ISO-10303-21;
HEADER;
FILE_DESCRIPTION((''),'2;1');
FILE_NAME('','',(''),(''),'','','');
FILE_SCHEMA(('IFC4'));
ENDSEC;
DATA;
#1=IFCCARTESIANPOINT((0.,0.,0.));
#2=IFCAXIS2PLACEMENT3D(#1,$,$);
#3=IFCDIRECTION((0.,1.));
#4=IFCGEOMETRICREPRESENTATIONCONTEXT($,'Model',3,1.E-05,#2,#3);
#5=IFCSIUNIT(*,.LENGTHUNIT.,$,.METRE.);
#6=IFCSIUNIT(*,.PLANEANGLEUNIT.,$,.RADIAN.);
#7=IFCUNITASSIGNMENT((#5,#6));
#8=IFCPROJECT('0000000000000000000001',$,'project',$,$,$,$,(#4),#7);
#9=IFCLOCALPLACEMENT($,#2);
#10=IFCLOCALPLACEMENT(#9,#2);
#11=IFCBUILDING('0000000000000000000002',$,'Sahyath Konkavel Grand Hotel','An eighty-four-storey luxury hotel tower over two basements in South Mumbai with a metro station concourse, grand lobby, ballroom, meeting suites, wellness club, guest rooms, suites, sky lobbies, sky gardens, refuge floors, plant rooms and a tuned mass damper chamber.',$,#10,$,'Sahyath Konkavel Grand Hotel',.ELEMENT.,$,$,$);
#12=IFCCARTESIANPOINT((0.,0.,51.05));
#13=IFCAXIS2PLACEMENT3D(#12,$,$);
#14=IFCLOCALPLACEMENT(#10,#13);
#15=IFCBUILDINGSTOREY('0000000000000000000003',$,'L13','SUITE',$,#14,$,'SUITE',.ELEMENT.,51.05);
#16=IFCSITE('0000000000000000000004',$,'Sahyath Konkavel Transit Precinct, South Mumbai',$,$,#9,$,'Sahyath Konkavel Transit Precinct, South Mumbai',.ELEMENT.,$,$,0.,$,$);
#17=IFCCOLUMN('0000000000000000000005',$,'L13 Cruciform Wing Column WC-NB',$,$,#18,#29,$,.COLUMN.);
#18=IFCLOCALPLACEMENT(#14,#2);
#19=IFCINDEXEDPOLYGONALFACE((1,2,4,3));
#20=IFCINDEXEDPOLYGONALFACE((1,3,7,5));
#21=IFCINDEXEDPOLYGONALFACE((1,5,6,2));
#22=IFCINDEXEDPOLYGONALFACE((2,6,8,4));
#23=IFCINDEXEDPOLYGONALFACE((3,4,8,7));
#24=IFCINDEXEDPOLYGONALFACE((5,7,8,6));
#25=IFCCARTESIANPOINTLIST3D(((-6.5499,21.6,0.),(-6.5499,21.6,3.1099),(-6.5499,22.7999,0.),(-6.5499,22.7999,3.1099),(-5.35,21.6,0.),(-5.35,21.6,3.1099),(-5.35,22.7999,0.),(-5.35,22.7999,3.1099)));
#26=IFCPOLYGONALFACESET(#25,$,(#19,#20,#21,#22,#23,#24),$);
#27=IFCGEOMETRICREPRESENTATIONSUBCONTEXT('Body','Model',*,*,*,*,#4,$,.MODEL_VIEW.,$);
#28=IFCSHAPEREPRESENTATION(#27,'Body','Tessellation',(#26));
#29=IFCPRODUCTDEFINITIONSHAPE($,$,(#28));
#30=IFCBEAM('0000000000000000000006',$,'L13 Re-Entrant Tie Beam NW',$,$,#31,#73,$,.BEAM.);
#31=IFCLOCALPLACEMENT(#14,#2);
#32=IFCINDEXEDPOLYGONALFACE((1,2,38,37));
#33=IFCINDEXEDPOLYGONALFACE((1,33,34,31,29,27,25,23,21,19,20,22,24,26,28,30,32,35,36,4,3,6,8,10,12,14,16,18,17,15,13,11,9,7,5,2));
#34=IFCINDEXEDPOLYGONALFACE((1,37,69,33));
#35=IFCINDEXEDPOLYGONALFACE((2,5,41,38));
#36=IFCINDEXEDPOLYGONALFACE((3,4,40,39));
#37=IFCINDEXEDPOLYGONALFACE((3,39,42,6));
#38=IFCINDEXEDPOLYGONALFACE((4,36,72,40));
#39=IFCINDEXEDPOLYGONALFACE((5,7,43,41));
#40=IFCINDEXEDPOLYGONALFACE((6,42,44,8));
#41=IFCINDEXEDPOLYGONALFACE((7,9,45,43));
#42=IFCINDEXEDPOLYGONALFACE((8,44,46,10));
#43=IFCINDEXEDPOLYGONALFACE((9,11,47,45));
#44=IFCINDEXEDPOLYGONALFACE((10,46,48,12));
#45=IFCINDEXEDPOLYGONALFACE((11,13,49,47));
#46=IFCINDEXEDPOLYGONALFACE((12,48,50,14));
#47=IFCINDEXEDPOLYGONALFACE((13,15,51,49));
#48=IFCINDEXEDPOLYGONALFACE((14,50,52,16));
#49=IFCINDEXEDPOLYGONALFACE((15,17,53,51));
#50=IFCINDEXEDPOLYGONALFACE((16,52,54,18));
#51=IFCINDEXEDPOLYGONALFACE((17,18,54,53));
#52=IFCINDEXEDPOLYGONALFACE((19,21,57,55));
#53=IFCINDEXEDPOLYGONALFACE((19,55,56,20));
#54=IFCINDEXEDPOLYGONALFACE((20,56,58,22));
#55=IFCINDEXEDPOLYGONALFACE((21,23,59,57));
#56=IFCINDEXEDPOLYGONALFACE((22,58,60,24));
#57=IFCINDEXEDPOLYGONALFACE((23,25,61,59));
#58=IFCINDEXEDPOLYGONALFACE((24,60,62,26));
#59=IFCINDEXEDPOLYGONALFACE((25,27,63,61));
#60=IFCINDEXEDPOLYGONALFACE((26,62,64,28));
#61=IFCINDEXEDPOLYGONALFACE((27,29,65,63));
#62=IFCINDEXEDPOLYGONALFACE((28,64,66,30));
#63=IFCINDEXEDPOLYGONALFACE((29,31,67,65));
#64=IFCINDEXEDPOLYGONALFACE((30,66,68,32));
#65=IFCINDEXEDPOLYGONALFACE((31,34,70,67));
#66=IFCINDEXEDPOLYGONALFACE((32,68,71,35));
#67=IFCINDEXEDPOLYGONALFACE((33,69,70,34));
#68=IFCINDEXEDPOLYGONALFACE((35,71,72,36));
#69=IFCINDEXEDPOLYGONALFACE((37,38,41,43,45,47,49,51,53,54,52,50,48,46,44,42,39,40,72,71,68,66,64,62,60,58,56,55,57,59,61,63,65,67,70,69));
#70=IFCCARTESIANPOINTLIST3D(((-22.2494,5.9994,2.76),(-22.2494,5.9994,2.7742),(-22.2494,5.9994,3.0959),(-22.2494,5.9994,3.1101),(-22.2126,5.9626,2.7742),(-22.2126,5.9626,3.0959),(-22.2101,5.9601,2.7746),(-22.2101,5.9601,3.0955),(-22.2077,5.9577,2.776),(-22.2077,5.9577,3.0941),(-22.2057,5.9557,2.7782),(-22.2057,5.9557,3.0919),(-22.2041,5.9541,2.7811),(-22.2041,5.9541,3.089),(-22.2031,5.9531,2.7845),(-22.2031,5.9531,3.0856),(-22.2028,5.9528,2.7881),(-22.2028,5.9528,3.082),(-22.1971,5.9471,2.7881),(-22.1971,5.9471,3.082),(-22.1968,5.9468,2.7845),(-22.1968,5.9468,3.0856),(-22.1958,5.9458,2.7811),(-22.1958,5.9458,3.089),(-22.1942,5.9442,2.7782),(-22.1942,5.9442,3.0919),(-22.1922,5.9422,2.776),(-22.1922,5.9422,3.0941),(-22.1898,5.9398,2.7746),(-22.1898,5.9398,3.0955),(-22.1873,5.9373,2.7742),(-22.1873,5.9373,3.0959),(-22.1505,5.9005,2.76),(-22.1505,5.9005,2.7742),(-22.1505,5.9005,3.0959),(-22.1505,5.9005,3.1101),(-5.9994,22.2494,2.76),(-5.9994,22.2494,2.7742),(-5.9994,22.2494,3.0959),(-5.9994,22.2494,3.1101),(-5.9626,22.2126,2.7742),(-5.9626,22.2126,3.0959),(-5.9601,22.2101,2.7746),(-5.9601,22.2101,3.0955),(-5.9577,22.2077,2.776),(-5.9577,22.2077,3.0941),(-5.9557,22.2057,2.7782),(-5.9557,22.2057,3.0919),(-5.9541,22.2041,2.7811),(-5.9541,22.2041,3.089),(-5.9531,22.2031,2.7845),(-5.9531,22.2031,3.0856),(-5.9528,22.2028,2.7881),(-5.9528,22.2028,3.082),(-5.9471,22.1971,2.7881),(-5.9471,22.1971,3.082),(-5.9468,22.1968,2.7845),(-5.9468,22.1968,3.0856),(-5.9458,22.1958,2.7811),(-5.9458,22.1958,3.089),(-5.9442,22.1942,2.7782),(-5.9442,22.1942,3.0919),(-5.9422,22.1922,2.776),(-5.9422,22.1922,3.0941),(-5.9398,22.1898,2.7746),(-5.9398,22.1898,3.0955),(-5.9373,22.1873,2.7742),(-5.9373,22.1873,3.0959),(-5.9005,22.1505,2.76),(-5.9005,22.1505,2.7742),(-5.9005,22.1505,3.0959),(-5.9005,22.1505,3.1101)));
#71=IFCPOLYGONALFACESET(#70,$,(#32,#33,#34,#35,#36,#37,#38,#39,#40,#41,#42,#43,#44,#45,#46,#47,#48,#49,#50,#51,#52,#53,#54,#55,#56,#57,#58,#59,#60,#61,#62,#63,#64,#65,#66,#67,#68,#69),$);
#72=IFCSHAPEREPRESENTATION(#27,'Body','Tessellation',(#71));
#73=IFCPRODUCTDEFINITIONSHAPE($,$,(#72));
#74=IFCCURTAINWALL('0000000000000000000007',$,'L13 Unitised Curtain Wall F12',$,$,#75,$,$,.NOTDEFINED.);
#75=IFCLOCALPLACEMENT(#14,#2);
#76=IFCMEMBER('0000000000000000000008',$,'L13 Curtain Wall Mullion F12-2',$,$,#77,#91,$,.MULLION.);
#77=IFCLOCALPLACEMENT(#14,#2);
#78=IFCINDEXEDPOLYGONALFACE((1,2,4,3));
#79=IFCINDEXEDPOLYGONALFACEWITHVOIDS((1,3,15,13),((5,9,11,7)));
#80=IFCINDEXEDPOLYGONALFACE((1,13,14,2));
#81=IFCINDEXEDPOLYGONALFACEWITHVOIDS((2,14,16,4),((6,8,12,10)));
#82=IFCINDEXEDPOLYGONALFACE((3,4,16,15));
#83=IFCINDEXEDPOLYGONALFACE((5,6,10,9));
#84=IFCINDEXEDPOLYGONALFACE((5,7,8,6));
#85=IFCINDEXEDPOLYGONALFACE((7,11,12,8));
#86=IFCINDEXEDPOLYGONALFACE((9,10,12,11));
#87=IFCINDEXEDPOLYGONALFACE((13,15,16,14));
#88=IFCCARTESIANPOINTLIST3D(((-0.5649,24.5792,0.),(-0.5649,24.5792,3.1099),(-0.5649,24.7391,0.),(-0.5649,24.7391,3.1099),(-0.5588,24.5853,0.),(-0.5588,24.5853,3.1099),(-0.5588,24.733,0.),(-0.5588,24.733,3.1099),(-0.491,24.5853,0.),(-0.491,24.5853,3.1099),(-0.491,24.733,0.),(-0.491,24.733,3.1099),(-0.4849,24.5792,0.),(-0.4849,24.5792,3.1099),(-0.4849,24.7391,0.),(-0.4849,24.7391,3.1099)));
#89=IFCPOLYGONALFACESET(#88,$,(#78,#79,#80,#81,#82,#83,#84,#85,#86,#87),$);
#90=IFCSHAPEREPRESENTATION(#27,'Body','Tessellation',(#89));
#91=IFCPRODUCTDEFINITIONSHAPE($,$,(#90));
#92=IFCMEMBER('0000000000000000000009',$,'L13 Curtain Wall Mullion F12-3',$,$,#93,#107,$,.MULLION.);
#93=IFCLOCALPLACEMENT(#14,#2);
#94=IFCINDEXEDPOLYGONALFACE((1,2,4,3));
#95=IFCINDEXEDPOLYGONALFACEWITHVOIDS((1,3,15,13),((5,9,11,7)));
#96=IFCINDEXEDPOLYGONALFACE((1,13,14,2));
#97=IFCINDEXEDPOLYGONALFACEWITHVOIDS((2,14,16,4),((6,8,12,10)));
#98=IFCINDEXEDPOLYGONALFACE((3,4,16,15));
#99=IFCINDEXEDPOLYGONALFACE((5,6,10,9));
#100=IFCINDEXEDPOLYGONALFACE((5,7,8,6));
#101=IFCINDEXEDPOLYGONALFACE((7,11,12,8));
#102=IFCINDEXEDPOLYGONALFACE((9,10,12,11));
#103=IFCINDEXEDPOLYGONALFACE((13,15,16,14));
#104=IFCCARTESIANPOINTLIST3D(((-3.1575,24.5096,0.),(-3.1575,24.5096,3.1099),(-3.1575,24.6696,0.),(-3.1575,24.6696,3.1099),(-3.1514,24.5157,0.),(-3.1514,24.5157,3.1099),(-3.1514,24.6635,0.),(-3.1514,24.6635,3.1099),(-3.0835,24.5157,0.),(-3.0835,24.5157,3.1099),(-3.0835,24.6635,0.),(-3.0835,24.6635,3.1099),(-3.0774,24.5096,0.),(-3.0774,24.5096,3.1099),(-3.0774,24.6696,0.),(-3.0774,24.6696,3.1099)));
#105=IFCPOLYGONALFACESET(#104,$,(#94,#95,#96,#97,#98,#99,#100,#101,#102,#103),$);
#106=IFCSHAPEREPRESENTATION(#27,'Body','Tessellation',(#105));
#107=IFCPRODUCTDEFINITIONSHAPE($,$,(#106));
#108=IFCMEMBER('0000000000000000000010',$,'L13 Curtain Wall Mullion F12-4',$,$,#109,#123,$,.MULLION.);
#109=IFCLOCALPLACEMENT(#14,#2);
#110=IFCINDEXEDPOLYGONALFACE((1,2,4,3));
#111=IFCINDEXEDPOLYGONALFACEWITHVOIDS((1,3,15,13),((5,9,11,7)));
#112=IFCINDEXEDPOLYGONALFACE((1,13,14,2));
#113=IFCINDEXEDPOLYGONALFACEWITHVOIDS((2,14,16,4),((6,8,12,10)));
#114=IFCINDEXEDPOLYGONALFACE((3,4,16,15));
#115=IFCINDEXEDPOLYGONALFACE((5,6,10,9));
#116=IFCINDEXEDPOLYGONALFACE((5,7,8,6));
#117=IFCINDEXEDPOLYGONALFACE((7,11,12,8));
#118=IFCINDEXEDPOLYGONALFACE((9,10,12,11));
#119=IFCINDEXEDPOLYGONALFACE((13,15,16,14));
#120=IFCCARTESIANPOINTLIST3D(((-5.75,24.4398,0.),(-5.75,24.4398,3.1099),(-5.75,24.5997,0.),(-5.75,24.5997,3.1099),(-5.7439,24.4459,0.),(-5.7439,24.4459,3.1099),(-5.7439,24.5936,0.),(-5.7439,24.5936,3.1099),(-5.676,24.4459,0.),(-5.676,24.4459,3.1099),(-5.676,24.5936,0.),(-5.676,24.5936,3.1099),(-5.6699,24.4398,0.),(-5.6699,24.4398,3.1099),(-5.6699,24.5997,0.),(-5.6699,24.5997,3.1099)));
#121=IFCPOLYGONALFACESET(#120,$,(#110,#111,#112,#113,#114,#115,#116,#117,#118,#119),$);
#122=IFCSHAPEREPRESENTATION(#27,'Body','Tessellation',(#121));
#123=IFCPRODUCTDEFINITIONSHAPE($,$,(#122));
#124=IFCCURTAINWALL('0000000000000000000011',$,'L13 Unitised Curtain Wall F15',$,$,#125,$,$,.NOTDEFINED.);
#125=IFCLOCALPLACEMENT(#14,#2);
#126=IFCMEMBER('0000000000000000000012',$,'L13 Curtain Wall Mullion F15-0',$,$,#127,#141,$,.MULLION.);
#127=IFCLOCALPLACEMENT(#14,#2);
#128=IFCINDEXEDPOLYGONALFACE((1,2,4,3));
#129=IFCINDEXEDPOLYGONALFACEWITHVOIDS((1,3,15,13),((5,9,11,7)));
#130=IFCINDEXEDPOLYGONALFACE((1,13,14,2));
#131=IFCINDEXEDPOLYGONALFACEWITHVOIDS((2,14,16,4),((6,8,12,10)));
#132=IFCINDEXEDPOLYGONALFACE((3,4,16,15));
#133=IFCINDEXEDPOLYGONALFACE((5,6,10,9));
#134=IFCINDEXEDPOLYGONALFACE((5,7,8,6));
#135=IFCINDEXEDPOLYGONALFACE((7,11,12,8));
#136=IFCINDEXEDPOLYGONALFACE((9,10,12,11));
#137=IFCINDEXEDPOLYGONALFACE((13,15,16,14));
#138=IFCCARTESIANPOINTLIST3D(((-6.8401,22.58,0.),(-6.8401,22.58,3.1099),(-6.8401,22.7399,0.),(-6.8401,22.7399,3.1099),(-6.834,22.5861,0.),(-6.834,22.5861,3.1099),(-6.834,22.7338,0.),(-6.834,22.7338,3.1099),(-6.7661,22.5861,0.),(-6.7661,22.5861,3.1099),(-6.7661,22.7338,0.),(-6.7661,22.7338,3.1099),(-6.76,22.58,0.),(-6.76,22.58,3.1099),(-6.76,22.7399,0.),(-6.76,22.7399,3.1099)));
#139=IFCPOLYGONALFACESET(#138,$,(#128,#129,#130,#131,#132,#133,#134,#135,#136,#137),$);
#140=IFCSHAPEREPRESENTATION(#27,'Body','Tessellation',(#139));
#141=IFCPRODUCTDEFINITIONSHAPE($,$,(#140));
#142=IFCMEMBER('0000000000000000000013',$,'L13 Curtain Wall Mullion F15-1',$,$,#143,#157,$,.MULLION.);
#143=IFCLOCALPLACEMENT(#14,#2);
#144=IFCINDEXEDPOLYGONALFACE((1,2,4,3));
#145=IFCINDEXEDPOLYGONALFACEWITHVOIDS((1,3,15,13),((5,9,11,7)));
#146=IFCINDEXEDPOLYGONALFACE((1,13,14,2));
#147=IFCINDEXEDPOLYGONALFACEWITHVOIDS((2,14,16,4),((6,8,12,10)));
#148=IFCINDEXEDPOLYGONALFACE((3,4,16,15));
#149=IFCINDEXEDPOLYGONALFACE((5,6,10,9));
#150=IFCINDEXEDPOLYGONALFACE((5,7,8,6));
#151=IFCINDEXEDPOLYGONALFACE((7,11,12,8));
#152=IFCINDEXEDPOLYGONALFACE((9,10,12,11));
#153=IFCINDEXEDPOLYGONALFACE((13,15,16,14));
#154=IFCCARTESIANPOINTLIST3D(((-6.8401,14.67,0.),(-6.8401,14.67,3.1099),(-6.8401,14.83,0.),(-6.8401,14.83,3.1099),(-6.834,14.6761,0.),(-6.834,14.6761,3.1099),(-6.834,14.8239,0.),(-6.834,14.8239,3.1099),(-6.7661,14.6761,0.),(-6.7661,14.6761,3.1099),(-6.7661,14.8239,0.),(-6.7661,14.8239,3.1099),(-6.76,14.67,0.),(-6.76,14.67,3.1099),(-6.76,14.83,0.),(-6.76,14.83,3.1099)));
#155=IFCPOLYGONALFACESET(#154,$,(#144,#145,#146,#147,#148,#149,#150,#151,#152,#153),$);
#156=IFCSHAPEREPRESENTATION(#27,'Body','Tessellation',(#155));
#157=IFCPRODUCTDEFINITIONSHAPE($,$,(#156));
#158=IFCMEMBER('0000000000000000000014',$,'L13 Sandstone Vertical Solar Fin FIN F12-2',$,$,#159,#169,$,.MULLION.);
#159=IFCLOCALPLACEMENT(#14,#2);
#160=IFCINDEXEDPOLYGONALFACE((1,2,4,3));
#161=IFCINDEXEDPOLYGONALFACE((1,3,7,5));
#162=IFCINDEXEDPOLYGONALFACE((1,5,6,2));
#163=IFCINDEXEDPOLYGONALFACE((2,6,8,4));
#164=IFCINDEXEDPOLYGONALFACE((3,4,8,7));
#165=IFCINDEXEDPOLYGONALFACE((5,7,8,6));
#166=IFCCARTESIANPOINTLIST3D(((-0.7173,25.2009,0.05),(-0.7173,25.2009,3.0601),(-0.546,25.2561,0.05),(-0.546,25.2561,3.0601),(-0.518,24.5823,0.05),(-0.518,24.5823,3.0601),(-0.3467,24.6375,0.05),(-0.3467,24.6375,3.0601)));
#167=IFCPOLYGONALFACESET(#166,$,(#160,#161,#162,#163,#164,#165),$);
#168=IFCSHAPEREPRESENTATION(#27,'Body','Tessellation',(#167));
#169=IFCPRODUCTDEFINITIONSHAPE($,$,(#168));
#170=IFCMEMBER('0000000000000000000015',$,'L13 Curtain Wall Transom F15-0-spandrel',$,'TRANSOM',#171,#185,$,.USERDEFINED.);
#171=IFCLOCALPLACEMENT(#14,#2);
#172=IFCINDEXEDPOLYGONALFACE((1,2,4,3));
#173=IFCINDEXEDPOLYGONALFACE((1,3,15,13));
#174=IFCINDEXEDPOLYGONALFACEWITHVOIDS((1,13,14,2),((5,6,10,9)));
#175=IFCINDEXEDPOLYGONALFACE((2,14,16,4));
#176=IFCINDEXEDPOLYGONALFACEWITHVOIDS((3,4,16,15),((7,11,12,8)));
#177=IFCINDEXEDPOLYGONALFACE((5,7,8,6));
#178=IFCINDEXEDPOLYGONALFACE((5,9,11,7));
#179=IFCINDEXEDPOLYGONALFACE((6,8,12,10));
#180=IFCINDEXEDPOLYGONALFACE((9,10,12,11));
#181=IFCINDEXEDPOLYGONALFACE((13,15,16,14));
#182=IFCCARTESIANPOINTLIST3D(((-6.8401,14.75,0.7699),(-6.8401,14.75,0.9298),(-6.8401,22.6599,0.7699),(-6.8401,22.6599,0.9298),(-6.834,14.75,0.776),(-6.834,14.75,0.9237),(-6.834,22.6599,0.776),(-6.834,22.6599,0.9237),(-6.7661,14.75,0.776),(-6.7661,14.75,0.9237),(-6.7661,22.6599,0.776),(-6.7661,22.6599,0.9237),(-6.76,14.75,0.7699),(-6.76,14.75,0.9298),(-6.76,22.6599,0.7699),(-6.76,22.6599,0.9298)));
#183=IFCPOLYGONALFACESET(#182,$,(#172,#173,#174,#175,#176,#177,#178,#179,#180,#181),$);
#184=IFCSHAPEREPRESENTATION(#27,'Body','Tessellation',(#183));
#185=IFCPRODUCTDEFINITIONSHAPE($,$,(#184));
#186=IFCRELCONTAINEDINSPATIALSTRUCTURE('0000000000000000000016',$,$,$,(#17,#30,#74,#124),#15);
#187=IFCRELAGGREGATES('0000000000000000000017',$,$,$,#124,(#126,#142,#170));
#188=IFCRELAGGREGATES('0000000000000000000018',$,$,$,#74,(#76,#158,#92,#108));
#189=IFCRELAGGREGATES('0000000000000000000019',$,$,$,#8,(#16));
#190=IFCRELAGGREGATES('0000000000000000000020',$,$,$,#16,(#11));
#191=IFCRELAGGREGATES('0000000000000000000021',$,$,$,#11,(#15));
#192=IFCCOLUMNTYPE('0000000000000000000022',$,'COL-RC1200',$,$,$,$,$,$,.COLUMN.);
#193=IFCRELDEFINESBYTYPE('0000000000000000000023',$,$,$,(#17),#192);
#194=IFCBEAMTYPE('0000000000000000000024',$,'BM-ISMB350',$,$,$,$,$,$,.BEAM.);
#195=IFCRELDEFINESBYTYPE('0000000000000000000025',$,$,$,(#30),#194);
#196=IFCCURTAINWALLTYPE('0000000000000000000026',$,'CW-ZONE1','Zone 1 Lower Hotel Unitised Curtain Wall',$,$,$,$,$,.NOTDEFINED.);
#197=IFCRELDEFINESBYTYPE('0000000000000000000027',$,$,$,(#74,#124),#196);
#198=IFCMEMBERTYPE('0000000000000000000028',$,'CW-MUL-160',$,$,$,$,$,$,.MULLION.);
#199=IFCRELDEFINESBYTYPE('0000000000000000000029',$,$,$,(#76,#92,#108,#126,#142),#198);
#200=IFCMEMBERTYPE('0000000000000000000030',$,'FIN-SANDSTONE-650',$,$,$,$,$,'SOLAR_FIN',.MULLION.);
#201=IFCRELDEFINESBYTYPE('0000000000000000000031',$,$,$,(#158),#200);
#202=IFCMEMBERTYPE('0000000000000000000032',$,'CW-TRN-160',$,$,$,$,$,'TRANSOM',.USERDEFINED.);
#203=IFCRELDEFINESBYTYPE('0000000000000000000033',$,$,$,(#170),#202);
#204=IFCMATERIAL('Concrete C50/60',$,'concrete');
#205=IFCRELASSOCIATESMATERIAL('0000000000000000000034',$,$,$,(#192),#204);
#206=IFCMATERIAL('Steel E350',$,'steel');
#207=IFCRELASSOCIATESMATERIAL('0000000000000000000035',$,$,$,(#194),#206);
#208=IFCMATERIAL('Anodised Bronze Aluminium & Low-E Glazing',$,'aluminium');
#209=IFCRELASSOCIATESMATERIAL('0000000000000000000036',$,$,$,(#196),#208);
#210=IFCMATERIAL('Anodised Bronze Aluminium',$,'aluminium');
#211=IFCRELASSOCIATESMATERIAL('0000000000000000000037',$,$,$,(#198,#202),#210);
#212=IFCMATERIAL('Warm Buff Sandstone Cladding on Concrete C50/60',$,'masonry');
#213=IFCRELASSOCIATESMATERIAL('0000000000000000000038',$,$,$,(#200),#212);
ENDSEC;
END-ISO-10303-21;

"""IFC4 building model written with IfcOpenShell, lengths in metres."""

from ifc_helpers import new_model, si_unit, direction, frame, origin, origin_2d, place, context, subcontext, project, spatial, rectangle, hollow_rectangle, i_section, extrude, source, transform, mapped, material, material_profile, profile_set, type_object, element, aggregate, save


model = new_model("IFC4")

# Units and contexts
model_context = context("Model", 3, precision=1e-05, world=origin(), true_north=direction((0.0, 1.0)))
body_context = subcontext(model_context, "Body", "Model", "MODEL_VIEW")
ifc_project = project(units=[si_unit("LENGTHUNIT", "METRE"), si_unit("PLANEANGLEUNIT", "RADIAN")], contexts=[model_context])

# Site, building, storey
site_placement = place(None, origin())
site = spatial("IfcSite", under=ifc_project, at=site_placement, Name="Sahyath Konkavel Transit Precinct, South Mumbai", LongName="Sahyath Konkavel Transit Precinct, South Mumbai", CompositionType="ELEMENT", RefElevation=0.0)
building_placement = place(site_placement, origin())
building = spatial("IfcBuilding", under=site, at=building_placement, Name="Sahyath Konkavel Grand Hotel", Description="An eighty-four-storey luxury hotel tower over two basements in South Mumbai with a metro station concourse, grand lobby, ballroom, meeting suites, wellness club, guest rooms, suites, sky lobbies, sky gardens, refuge floors, plant rooms and a tuned mass damper chamber.", LongName="Sahyath Konkavel Grand Hotel", CompositionType="ELEMENT")
storey_placement = place(building_placement, frame((0.0, 0.0, 51.05)))
storey = spatial("IfcBuildingStorey", under=building, at=storey_placement, Name="L13", Description="SUITE", LongName="SUITE", CompositionType="ELEMENT", Elevation=51.05)

# Column
ifc_material_1 = material(Name="Concrete C50/60", Category="concrete")
ifc_material_profile_1 = material_profile(ifc_material_1, rectangle(XDim=1.2, YDim=1.2, at=origin_2d()), Name="RC 1200x1200")
ifc_profile_set_1 = profile_set([ifc_material_profile_1], Name="Concrete C50/60")
column_type = type_object("IfcColumnType", Name="COL-RC1200", PredefinedType="COLUMN", material=ifc_profile_set_1)
shared_shape_1 = source(origin(), body_context, "Body", "SweptSolid", [
    extrude(rectangle(XDim=1.2, YDim=1.2, at=origin_2d()), origin(), (0.0, 0.0, 1.0), 3.1099),
])
column_placement = place(storey_placement, frame((-5.95, 22.2, 0.0), z_axis=(0.0, 0.0, 1.0), x_axis=(1.0, 0.0, 0.0)))
element("IfcColumn", 1, at=column_placement, inside=storey, type_object=column_type, Name="L13 Cruciform Wing Column WC-NB", PredefinedType="COLUMN", context=body_context, shape_type="MappedRepresentation", body=[
    mapped(shared_shape_1, transform((0.0, 0.0, 0.0), scale=1.0)),
])

# Beam
ifc_material_2 = material(Name="Steel E350", Category="steel")
ifc_material_profile_2 = material_profile(ifc_material_2, i_section(OverallWidth=0.1399, OverallDepth=0.3501, WebThickness=0.0081, FlangeThickness=0.0142, FilletRadius=0.0139, at=origin_2d()), Name="ISMB 350")
ifc_profile_set_2 = profile_set([ifc_material_profile_2], Name="Steel E350")
beam_type = type_object("IfcBeamType", Name="BM-ISMB350", PredefinedType="BEAM", material=ifc_profile_set_2)
shared_shape_2 = source(origin(), body_context, "Body", "SweptSolid", [
    extrude(i_section(OverallWidth=0.1399, OverallDepth=0.3501, WebThickness=0.0081, FlangeThickness=0.0142, FilletRadius=0.0139, at=origin_2d()), origin(), (0.0, 0.0, 1.0), 22.981),
])
beam_placement = place(storey_placement, frame((-5.95, 22.2, 2.9351), z_axis=(-0.707107, -0.707107, 0.0), x_axis=(0.707107, -0.707107, 0.0)))
element("IfcBeam", 2, at=beam_placement, inside=storey, type_object=beam_type, Name="L13 Re-Entrant Tie Beam NW", PredefinedType="BEAM", context=body_context, shape_type="MappedRepresentation", body=[
    mapped(shared_shape_2, transform((0.0, 0.0, 0.0), scale=1.0)),
])

# Curtain walls, members
ifc_material_3 = material(Name="Anodised Bronze Aluminium & Low-E Glazing", Category="aluminium")
curtain_wall_type = type_object("IfcCurtainWallType", Name="CW-ZONE1", Description="Zone 1 Lower Hotel Unitised Curtain Wall", PredefinedType="NOTDEFINED", material=ifc_material_3)
curtain_wall_1_placement = place(storey_placement, origin())
curtain_wall_1 = element("IfcCurtainWall", 3, at=curtain_wall_1_placement, inside=storey, type_object=curtain_wall_type, Name="L13 Unitised Curtain Wall F12", PredefinedType="NOTDEFINED")
ifc_material_4 = material(Name="Anodised Bronze Aluminium", Category="aluminium")
ifc_material_profile_3 = material_profile(ifc_material_4, hollow_rectangle(XDim=0.0801, YDim=0.1599, WallThickness=0.0061, at=origin_2d()), Name="RHS 160x80x6")
ifc_profile_set_3 = profile_set([ifc_material_profile_3], Name="Anodised Bronze Aluminium")
member_type_1 = type_object("IfcMemberType", Name="CW-MUL-160", PredefinedType="MULLION", material=ifc_profile_set_3)
shared_shape_3 = source(origin(), body_context, "Body", "SweptSolid", [
    extrude(hollow_rectangle(XDim=0.0801, YDim=0.1599, WallThickness=0.0061, at=origin_2d()), origin(), (0.0, 0.0, 1.0), 3.1099),
])
member_1_placement = place(storey_placement, frame((-0.5249, 24.6592, 0.0), z_axis=(0.0, 0.0, 1.0), x_axis=(1.0, 0.0, 0.0)))
member_1 = element("IfcMember", 4, at=member_1_placement, type_object=member_type_1, Name="L13 Curtain Wall Mullion F12-2", PredefinedType="MULLION", context=body_context, shape_type="MappedRepresentation", body=[
    mapped(shared_shape_3, transform((0.0, 0.0, 0.0), scale=1.0)),
])
member_2_placement = place(storey_placement, frame((-3.1174, 24.5896, 0.0), z_axis=(0.0, 0.0, 1.0), x_axis=(1.0, 0.0, 0.0)))
member_2 = element("IfcMember", 5, at=member_2_placement, type_object=member_type_1, Name="L13 Curtain Wall Mullion F12-3", PredefinedType="MULLION", context=body_context, shape_type="MappedRepresentation", body=[
    mapped(shared_shape_3, transform((0.0, 0.0, 0.0), scale=1.0)),
])
member_3_placement = place(storey_placement, frame((-5.71, 24.5198, 0.0), z_axis=(0.0, 0.0, 1.0), x_axis=(1.0, 0.0, 0.0)))
member_3 = element("IfcMember", 6, at=member_3_placement, type_object=member_type_1, Name="L13 Curtain Wall Mullion F12-4", PredefinedType="MULLION", context=body_context, shape_type="MappedRepresentation", body=[
    mapped(shared_shape_3, transform((0.0, 0.0, 0.0), scale=1.0)),
])
curtain_wall_2_placement = place(storey_placement, origin())
curtain_wall_2 = element("IfcCurtainWall", 7, at=curtain_wall_2_placement, inside=storey, type_object=curtain_wall_type, Name="L13 Unitised Curtain Wall F15", PredefinedType="NOTDEFINED")
member_4_placement = place(storey_placement, frame((-6.8, 22.6599, 0.0), z_axis=(0.0, 0.0, 1.0), x_axis=(1.0, 0.0, 0.0)))
member_4 = element("IfcMember", 8, at=member_4_placement, type_object=member_type_1, Name="L13 Curtain Wall Mullion F15-0", PredefinedType="MULLION", context=body_context, shape_type="MappedRepresentation", body=[
    mapped(shared_shape_3, transform((0.0, 0.0, 0.0), scale=1.0)),
])
member_5_placement = place(storey_placement, frame((-6.8, 14.75, 0.0), z_axis=(0.0, 0.0, 1.0), x_axis=(1.0, 0.0, 0.0)))
member_5 = element("IfcMember", 9, at=member_5_placement, type_object=member_type_1, Name="L13 Curtain Wall Mullion F15-1", PredefinedType="MULLION", context=body_context, shape_type="MappedRepresentation", body=[
    mapped(shared_shape_3, transform((0.0, 0.0, 0.0), scale=1.0)),
])

# Members
ifc_material_5 = material(Name="Warm Buff Sandstone Cladding on Concrete C50/60", Category="masonry")
ifc_material_profile_4 = material_profile(ifc_material_5, rectangle(XDim=0.1799, YDim=0.6499, at=origin_2d()), Name="FIN 180x650")
ifc_profile_set_4 = profile_set([ifc_material_profile_4], Name="Warm Buff Sandstone Cladding on Concrete C50/60")
member_type_2 = type_object("IfcMemberType", Name="FIN-SANDSTONE-650", ElementType="SOLAR_FIN", PredefinedType="MULLION", material=ifc_profile_set_4)
shared_shape_4 = source(origin(), body_context, "Body", "SweptSolid", [
    extrude(rectangle(XDim=0.1799, YDim=0.6499, at=origin_2d()), origin(), (0.0, 0.0, 1.0), 3.01),
])
member_6_placement = place(storey_placement, frame((-0.532, 24.9192, 0.05), z_axis=(0.0, 0.0, 1.0), x_axis=(0.951809, 0.306692, 0.0)))
member_6 = element("IfcMember", 10, at=member_6_placement, type_object=member_type_2, Name="L13 Sandstone Vertical Solar Fin FIN F12-2", PredefinedType="MULLION", context=body_context, shape_type="MappedRepresentation", body=[
    mapped(shared_shape_4, transform((0.0, 0.0, 0.0), scale=1.0)),
])
ifc_material_profile_5 = material_profile(ifc_material_4, hollow_rectangle(XDim=0.0801, YDim=0.1599, WallThickness=0.0061, at=origin_2d()), Name="RHS 160x80x6")
ifc_profile_set_5 = profile_set([ifc_material_profile_5], Name="Anodised Bronze Aluminium")
member_type_3 = type_object("IfcMemberType", Name="CW-TRN-160", ElementType="TRANSOM", PredefinedType="USERDEFINED", material=ifc_profile_set_5)
shared_shape_5 = source(origin(), body_context, "Body", "SweptSolid", [
    extrude(hollow_rectangle(XDim=0.0801, YDim=0.1599, WallThickness=0.0061, at=origin_2d()), origin(), (0.0, 0.0, 1.0), 7.9099),
])
member_7_placement = place(storey_placement, frame((-6.8, 22.6599, 0.8499), z_axis=(0.0, -1.0, 0.0), x_axis=(1.0, 0.0, 0.0)))
member_7 = element("IfcMember", 11, at=member_7_placement, type_object=member_type_3, Name="L13 Curtain Wall Transom F15-0-spandrel", ObjectType="TRANSOM", PredefinedType="USERDEFINED", context=body_context, shape_type="MappedRepresentation", body=[
    mapped(shared_shape_5, transform((0.0, 0.0, 0.0), scale=1.0)),
])

aggregate(curtain_wall_2, [member_4, member_5, member_7])
aggregate(curtain_wall_1, [member_1, member_6, member_2, member_3])

save(model, "model.ifc")
